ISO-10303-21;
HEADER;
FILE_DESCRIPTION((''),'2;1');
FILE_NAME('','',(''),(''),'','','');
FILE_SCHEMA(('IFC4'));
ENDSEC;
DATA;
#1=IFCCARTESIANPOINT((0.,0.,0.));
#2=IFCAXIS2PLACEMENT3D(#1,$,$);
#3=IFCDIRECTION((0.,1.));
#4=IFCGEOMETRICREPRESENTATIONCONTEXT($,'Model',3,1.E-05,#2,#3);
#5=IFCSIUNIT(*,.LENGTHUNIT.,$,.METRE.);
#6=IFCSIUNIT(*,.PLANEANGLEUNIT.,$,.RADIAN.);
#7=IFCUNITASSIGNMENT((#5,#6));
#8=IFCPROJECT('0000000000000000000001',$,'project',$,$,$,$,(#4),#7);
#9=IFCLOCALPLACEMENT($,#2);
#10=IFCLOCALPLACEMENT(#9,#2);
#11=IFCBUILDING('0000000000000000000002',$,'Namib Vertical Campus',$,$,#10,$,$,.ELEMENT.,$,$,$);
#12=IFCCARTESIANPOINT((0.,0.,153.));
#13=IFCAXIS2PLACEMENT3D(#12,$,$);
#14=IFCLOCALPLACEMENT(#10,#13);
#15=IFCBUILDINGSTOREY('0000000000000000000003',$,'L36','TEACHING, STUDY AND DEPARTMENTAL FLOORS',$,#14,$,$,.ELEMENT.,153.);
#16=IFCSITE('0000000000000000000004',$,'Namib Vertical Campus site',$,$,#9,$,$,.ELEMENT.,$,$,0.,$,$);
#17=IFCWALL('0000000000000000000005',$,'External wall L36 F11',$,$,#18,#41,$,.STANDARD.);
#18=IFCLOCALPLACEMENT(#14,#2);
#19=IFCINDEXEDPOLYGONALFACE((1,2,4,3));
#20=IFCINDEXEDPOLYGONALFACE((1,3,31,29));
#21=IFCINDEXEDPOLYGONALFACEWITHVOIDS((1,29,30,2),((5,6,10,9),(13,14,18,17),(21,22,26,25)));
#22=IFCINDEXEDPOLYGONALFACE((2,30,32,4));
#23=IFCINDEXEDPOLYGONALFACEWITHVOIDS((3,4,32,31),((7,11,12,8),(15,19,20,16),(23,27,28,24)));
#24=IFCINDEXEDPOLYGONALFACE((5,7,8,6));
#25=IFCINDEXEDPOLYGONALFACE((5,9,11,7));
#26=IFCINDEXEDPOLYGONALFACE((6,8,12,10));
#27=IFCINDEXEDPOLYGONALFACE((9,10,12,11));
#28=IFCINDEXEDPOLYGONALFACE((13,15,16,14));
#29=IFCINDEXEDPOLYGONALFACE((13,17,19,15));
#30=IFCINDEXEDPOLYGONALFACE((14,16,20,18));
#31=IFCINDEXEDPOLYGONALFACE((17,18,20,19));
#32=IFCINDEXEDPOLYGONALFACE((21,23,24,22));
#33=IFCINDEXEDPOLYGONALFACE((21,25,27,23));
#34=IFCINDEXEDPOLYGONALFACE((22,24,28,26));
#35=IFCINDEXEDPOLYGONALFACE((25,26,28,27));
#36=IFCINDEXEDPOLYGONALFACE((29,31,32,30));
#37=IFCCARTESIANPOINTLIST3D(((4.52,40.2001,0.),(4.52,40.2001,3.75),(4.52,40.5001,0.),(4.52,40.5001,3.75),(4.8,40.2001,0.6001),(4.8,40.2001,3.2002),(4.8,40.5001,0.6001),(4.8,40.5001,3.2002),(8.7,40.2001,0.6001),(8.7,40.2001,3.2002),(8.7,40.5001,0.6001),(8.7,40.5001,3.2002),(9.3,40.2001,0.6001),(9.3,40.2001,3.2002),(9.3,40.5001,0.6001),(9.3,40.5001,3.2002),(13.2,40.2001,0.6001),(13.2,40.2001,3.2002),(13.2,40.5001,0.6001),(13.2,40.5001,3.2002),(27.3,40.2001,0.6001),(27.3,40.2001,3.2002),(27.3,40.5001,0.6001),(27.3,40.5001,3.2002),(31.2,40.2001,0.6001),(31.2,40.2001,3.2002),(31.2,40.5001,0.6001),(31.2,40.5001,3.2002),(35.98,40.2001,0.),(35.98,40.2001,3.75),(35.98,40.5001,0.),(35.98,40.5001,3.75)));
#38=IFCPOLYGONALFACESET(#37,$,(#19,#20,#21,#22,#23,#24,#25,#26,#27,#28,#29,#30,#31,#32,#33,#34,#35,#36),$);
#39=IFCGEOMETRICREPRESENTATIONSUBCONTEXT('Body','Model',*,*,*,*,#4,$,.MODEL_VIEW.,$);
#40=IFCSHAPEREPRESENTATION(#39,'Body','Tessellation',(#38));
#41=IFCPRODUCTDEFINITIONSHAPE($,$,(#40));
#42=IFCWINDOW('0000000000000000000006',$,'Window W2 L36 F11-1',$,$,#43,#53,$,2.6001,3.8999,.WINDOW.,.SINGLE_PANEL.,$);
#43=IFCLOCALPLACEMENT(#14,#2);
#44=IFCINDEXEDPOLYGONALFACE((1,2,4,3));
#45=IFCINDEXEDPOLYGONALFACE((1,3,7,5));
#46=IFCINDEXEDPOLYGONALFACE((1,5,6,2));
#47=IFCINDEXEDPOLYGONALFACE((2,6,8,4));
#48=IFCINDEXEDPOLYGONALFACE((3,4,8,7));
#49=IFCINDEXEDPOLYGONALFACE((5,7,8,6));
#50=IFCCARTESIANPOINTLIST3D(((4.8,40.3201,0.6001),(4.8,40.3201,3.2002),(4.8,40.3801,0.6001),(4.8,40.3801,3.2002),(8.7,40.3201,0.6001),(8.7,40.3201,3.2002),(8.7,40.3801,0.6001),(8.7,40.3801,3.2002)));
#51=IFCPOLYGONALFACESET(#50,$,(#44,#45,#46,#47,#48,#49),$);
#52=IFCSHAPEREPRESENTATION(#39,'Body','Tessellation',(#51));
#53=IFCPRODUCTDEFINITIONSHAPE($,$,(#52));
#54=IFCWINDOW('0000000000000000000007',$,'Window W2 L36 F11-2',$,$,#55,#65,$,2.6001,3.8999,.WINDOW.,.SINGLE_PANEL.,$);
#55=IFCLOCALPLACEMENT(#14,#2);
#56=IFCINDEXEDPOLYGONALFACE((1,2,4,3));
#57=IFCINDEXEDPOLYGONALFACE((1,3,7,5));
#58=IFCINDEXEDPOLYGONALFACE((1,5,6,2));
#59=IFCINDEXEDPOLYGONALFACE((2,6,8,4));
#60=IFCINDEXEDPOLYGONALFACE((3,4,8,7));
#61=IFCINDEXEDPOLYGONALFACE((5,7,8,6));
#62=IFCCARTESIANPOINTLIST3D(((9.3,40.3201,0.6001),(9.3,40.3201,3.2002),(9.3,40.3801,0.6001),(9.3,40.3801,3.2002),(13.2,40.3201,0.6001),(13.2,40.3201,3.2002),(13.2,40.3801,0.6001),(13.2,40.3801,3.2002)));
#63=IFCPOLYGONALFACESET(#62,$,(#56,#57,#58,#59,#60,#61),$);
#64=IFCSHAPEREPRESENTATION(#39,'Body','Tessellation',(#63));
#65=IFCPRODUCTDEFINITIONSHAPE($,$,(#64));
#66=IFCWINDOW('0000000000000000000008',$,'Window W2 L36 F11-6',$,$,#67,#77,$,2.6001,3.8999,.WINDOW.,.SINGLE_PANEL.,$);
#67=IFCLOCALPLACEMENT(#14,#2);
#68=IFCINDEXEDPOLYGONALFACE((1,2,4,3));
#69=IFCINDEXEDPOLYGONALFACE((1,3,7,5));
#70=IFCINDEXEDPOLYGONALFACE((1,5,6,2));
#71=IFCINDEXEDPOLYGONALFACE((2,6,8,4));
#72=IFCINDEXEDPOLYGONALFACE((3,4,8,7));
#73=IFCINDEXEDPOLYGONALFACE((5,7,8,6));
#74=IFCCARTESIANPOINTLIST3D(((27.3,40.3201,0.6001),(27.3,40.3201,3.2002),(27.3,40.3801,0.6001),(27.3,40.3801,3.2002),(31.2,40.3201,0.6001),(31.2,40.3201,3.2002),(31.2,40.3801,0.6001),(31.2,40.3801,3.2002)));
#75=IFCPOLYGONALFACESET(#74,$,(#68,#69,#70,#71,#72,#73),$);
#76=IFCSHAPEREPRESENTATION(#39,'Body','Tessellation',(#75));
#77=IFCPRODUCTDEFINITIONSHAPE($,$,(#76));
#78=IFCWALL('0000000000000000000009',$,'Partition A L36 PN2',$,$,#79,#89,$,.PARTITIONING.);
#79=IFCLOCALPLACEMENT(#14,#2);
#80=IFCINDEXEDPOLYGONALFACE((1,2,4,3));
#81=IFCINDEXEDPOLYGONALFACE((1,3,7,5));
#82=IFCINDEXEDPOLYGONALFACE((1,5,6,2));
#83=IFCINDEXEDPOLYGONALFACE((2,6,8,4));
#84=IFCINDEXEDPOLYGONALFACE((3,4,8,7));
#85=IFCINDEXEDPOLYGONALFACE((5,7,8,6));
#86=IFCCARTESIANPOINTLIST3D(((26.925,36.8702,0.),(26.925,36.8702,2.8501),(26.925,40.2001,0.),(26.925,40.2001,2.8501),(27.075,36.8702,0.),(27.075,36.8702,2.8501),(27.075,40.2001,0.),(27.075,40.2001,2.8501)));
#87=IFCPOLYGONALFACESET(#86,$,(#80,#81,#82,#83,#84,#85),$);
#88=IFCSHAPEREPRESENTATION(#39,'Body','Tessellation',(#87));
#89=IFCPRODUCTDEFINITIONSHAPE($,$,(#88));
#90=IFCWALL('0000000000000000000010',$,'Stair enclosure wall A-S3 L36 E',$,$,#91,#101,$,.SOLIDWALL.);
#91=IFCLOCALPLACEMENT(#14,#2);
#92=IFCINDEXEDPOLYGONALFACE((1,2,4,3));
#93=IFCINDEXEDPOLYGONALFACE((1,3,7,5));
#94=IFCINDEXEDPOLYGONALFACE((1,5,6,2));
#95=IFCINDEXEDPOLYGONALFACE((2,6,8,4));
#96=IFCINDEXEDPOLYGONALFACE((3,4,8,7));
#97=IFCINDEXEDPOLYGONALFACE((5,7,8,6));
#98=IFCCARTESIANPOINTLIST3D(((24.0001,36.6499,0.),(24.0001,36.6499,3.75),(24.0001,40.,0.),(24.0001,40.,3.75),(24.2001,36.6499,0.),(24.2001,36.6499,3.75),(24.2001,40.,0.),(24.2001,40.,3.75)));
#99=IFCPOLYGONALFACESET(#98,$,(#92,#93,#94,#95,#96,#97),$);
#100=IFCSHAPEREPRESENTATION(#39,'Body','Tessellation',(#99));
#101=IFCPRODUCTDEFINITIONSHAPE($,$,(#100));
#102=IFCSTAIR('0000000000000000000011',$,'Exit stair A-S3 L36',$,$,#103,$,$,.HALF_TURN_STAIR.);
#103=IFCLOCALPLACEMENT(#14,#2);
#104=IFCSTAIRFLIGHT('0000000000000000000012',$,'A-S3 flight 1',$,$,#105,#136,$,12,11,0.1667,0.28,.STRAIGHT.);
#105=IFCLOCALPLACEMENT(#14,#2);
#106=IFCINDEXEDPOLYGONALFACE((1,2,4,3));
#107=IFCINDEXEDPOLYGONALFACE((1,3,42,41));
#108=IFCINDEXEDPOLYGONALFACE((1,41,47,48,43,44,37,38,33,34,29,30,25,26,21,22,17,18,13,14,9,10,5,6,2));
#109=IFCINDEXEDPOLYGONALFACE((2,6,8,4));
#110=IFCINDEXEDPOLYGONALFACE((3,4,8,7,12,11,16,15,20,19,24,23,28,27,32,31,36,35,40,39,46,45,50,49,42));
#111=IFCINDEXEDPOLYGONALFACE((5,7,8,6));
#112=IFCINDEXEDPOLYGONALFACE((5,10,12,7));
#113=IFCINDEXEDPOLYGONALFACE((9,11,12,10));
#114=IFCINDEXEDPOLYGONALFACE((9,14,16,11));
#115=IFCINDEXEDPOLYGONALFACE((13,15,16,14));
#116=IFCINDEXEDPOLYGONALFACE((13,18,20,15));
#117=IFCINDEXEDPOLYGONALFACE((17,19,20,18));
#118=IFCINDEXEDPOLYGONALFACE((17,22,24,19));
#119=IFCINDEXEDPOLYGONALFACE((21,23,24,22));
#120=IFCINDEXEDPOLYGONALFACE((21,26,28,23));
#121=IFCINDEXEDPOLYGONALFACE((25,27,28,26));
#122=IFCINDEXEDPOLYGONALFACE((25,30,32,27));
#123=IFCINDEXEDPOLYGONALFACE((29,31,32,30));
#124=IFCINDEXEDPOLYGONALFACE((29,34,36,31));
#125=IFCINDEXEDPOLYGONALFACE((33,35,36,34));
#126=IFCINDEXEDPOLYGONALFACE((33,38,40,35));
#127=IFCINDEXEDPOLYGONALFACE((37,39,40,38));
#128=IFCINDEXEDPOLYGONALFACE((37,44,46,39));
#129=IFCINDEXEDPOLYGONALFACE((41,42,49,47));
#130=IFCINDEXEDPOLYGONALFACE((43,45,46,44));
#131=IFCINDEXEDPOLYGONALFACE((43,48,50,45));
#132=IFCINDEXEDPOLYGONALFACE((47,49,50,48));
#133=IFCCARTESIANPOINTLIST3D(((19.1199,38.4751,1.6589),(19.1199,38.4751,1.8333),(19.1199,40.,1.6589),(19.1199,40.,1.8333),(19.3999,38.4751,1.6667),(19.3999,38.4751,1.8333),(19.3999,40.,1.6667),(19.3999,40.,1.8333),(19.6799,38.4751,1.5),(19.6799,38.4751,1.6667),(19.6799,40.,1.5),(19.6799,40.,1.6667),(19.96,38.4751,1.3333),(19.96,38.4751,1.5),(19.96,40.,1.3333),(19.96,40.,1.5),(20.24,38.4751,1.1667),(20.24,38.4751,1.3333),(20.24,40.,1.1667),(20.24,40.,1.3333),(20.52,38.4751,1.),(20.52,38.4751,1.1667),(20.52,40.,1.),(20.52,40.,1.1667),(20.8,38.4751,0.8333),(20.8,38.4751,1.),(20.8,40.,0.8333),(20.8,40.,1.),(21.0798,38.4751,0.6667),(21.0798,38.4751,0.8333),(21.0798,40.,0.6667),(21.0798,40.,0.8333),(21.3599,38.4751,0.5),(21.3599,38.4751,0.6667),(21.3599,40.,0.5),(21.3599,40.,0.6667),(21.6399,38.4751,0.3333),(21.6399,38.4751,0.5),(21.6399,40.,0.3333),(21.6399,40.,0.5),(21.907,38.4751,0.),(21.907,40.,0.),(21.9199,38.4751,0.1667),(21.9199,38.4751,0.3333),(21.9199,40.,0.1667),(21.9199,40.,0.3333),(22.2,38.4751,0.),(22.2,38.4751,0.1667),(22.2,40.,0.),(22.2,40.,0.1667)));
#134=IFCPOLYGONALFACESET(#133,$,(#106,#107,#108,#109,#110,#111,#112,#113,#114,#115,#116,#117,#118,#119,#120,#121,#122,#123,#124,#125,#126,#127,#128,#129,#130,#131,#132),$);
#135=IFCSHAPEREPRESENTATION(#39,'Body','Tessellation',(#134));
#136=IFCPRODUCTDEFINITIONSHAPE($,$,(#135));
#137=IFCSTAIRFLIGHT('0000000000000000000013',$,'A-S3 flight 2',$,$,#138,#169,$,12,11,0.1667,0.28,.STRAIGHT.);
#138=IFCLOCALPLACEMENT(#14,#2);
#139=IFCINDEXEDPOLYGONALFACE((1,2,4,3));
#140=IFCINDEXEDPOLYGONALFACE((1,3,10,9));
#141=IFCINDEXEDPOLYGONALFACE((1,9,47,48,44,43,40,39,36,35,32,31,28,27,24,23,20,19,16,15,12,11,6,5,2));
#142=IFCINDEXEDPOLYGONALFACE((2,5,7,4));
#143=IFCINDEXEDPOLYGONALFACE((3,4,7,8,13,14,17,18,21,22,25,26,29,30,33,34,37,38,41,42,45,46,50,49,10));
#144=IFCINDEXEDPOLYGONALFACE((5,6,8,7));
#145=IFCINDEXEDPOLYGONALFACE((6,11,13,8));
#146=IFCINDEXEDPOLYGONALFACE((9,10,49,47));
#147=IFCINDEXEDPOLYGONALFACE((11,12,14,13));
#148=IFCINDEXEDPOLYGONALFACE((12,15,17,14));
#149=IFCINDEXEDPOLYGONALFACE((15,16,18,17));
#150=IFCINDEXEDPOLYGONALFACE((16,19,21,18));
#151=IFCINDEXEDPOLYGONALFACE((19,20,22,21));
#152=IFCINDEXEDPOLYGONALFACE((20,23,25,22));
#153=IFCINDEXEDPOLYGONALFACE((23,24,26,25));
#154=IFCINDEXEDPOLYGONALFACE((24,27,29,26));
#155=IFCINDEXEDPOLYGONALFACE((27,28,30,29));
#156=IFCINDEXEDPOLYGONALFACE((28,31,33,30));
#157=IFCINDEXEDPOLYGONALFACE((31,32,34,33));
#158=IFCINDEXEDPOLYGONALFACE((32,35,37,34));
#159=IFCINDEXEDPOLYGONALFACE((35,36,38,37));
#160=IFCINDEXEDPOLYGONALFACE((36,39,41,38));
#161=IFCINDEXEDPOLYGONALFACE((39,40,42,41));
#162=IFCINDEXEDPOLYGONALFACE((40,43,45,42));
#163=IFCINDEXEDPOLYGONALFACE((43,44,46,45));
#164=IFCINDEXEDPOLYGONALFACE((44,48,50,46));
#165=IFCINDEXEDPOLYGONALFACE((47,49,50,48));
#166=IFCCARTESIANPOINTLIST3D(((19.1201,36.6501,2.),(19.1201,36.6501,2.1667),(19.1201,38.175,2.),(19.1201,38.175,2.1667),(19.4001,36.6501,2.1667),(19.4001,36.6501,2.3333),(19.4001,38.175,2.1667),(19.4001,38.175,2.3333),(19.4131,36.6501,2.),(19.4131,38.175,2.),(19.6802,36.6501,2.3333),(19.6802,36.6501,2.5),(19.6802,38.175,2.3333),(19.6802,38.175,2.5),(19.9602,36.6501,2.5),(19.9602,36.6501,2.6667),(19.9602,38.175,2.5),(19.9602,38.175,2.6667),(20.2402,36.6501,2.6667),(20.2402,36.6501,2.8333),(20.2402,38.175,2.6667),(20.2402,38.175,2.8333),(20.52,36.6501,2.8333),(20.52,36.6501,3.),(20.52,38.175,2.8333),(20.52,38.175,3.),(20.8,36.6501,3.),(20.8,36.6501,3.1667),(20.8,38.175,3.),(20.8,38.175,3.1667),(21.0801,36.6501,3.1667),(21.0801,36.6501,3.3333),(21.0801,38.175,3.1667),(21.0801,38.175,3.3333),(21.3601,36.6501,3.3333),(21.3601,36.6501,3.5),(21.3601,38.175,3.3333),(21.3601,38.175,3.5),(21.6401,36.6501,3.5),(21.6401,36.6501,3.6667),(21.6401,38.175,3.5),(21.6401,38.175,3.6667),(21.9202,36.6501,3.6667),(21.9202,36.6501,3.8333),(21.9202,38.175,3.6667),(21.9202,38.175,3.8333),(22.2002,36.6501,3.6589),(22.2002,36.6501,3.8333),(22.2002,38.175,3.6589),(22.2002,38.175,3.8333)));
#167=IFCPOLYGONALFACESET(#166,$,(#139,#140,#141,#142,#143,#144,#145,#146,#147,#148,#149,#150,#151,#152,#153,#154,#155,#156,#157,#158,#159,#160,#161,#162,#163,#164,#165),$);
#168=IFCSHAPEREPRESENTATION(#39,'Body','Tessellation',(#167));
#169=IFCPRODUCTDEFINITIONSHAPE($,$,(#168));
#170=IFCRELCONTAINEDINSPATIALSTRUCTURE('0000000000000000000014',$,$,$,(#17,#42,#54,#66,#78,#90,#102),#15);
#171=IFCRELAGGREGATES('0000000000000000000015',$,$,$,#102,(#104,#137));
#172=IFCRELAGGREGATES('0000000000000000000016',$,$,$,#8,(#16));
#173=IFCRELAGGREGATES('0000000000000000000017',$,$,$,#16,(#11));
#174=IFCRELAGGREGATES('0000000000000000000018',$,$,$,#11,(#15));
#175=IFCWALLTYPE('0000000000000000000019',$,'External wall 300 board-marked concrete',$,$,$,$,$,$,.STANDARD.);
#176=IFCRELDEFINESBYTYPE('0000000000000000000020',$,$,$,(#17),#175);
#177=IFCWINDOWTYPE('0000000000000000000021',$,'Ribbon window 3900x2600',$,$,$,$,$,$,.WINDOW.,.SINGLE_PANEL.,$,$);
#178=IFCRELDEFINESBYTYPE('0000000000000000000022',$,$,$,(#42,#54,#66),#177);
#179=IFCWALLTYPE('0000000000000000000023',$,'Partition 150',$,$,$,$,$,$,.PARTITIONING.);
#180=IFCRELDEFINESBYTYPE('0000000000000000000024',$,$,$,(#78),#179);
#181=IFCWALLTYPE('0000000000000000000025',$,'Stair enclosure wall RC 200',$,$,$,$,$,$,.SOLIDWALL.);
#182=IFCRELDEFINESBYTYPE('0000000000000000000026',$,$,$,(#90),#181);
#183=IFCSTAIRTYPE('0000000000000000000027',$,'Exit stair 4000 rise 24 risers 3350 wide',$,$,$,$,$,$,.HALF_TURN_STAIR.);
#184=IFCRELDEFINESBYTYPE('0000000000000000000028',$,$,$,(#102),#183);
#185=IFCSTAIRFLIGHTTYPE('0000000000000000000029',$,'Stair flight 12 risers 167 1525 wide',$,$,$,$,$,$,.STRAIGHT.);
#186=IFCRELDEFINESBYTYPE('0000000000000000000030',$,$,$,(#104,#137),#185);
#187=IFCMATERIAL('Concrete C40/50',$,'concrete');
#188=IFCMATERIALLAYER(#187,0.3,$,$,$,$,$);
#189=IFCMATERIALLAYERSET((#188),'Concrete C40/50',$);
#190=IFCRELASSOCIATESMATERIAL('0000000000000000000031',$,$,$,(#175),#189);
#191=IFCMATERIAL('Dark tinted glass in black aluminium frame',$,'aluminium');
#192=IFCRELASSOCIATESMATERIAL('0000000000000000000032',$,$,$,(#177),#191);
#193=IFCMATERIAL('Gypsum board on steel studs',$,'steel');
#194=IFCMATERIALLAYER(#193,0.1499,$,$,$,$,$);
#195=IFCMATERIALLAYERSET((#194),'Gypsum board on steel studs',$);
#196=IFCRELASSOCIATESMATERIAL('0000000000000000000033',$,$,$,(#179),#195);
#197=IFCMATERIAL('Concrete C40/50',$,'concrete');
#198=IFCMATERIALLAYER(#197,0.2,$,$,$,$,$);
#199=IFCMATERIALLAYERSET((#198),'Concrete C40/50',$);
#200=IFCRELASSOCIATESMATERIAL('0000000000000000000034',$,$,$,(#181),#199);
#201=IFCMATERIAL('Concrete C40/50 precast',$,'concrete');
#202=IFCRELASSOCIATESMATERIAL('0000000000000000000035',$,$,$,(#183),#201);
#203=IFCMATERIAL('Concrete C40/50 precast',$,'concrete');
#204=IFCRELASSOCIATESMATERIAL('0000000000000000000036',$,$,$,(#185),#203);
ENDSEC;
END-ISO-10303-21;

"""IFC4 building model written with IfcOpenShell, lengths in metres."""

from ifc_helpers import new_model, si_unit, direction, frame, frame_2d, origin, place, context, subcontext, project, spatial, polyline, rectangle, outline, extrude, material, layer, layer_set, type_object, element, fill, aggregate, save


model = new_model("IFC4")

# Units and contexts
model_context = context("Model", 3, precision=1e-05, world=origin(), true_north=direction((0.0, 1.0)))
body_context = subcontext(model_context, "Body", "Model", "MODEL_VIEW")
ifc_project = project(units=[si_unit("LENGTHUNIT", "METRE"), si_unit("PLANEANGLEUNIT", "RADIAN")], contexts=[model_context])

# Site, building, storey
site_placement = place(None, origin())
site = spatial("IfcSite", under=ifc_project, at=site_placement, Name="Namib Vertical Campus site", CompositionType="ELEMENT", RefElevation=0.0)
building_placement = place(site_placement, origin())
building = spatial("IfcBuilding", under=site, at=building_placement, Name="Namib Vertical Campus", CompositionType="ELEMENT")
storey_placement = place(building_placement, frame((0.0, 0.0, 153.0)))
storey = spatial("IfcBuildingStorey", under=building, at=storey_placement, Name="L36", Description="TEACHING, STUDY AND DEPARTMENTAL FLOORS", CompositionType="ELEMENT", Elevation=153.0)

# Shared definitions
ifc_material_1 = material(Name="Concrete C40/50", Category="concrete")
ifc_layer_1 = layer(ifc_material_1, 0.3)
ifc_layer_set_1 = layer_set([ifc_layer_1], Name="Concrete C40/50")
wall_type_1 = type_object("IfcWallType", Name="External wall 300 board-marked concrete", PredefinedType="STANDARD", material=ifc_layer_set_1)

# Wall, openings, windows
wall_1_placement = place(storey_placement, frame((35.98, 40.3501, 0.0), z_axis=(0.0, 0.0, 1.0), x_axis=(-1.0, 0.0, 0.0)))
wall_1 = element("IfcWall", 1, at=wall_1_placement, inside=storey, type_object=wall_type_1, Name="External wall L36 F11", PredefinedType="STANDARD", context=body_context, shape_type="SweptSolid", body=[
    extrude(rectangle(XDim=31.46, YDim=0.3, at=frame_2d((15.73, 0.0))), origin(), (0.0, 0.0, 1.0), 3.75),
])
opening_1_placement = place(wall_1_placement, frame((27.28, 0.0, 0.6001)))
opening_1 = element("IfcOpeningElement", 2, at=opening_1_placement, cuts=wall_1, PredefinedType="OPENING", context=body_context, shape_type="SweptSolid", body=[
    extrude(rectangle(XDim=3.8999, YDim=2.6001, at=frame_2d((1.95, 1.3))), frame((0.0, 0.1599, 0.0), z_axis=(0.0, -1.0, 0.0), x_axis=(1.0, 0.0, 0.0)), (0.0, 0.0, 1.0), 0.3201),
])
opening_2_placement = place(wall_1_placement, frame((22.78, 0.0, 0.6001)))
opening_2 = element("IfcOpeningElement", 3, at=opening_2_placement, cuts=wall_1, PredefinedType="OPENING", context=body_context, shape_type="SweptSolid", body=[
    extrude(rectangle(XDim=3.8999, YDim=2.6001, at=frame_2d((1.95, 1.3))), frame((0.0, 0.1599, 0.0), z_axis=(0.0, -1.0, 0.0), x_axis=(1.0, 0.0, 0.0)), (0.0, 0.0, 1.0), 0.3201),
])
opening_3_placement = place(wall_1_placement, frame((4.78, 0.0, 0.6001)))
opening_3 = element("IfcOpeningElement", 4, at=opening_3_placement, cuts=wall_1, PredefinedType="OPENING", context=body_context, shape_type="SweptSolid", body=[
    extrude(rectangle(XDim=3.8999, YDim=2.6001, at=frame_2d((1.95, 1.3))), frame((0.0, 0.1599, 0.0), z_axis=(0.0, -1.0, 0.0), x_axis=(1.0, 0.0, 0.0)), (0.0, 0.0, 1.0), 0.3201),
])
ifc_material_2 = material(Name="Dark tinted glass in black aluminium frame", Category="aluminium")
window_type = type_object("IfcWindowType", Name="Ribbon window 3900x2600", PartitioningType="SINGLE_PANEL", PredefinedType="WINDOW", material=ifc_material_2)
window_1_placement = place(opening_1_placement, origin())
window_1 = element("IfcWindow", 5, at=window_1_placement, inside=storey, type_object=window_type, Name="Window W2 L36 F11-1", OverallHeight=2.6001, OverallWidth=3.8999, PartitioningType="SINGLE_PANEL", PredefinedType="WINDOW", context=body_context, shape_type="SweptSolid", body=[
    extrude(rectangle(XDim=3.8999, YDim=2.6001, at=frame_2d((1.95, 1.3))), frame((0.0, 0.03, 0.0), z_axis=(0.0, -1.0, 0.0), x_axis=(1.0, 0.0, 0.0)), (0.0, 0.0, 1.0), 0.0601),
])
fill(opening_1, window_1)
window_2_placement = place(opening_2_placement, origin())
window_2 = element("IfcWindow", 6, at=window_2_placement, inside=storey, type_object=window_type, Name="Window W2 L36 F11-2", OverallHeight=2.6001, OverallWidth=3.8999, PartitioningType="SINGLE_PANEL", PredefinedType="WINDOW", context=body_context, shape_type="SweptSolid", body=[
    extrude(rectangle(XDim=3.8999, YDim=2.6001, at=frame_2d((1.95, 1.3))), frame((0.0, 0.03, 0.0), z_axis=(0.0, -1.0, 0.0), x_axis=(1.0, 0.0, 0.0)), (0.0, 0.0, 1.0), 0.0601),
])
fill(opening_2, window_2)
window_3_placement = place(opening_3_placement, origin())
window_3 = element("IfcWindow", 7, at=window_3_placement, inside=storey, type_object=window_type, Name="Window W2 L36 F11-6", OverallHeight=2.6001, OverallWidth=3.8999, PartitioningType="SINGLE_PANEL", PredefinedType="WINDOW", context=body_context, shape_type="SweptSolid", body=[
    extrude(rectangle(XDim=3.8999, YDim=2.6001, at=frame_2d((1.95, 1.3))), frame((0.0, 0.03, 0.0), z_axis=(0.0, -1.0, 0.0), x_axis=(1.0, 0.0, 0.0)), (0.0, 0.0, 1.0), 0.0601),
])
fill(opening_3, window_3)

# Walls
ifc_material_3 = material(Name="Gypsum board on steel studs", Category="steel")
ifc_layer_2 = layer(ifc_material_3, 0.1499)
ifc_layer_set_2 = layer_set([ifc_layer_2], Name="Gypsum board on steel studs")
wall_type_2 = type_object("IfcWallType", Name="Partition 150", PredefinedType="PARTITIONING", material=ifc_layer_set_2)
wall_2_placement = place(storey_placement, frame((27.0, 36.8701, 0.0), z_axis=(0.0, 0.0, 1.0), x_axis=(0.0, 1.0, 0.0)))
element("IfcWall", 8, at=wall_2_placement, inside=storey, type_object=wall_type_2, Name="Partition A L36 PN2", PredefinedType="PARTITIONING", context=body_context, shape_type="SweptSolid", body=[
    extrude(rectangle(XDim=3.3298, YDim=0.1499, at=frame_2d((1.665, 0.0))), origin(), (0.0, 0.0, 1.0), 2.8501),
])
ifc_material_4 = material(Name="Concrete C40/50", Category="concrete")
ifc_layer_3 = layer(ifc_material_4, 0.2)
ifc_layer_set_3 = layer_set([ifc_layer_3], Name="Concrete C40/50")
wall_type_3 = type_object("IfcWallType", Name="Stair enclosure wall RC 200", PredefinedType="SOLIDWALL", material=ifc_layer_set_3)
wall_3_placement = place(storey_placement, frame((24.1001, 36.6499, 0.0), z_axis=(0.0, 0.0, 1.0), x_axis=(0.0, 1.0, 0.0)))
element("IfcWall", 9, at=wall_3_placement, inside=storey, type_object=wall_type_3, Name="Stair enclosure wall A-S3 L36 E", PredefinedType="SOLIDWALL", context=body_context, shape_type="SweptSolid", body=[
    extrude(rectangle(XDim=3.3501, YDim=0.2, at=frame_2d((1.675, 0.0))), origin(), (0.0, 0.0, 1.0), 3.75),
])

# Stair, stair flights
ifc_material_5 = material(Name="Concrete C40/50 precast", Category="concrete")
stair_type = type_object("IfcStairType", Name="Exit stair 4000 rise 24 risers 3350 wide", PredefinedType="HALF_TURN_STAIR", material=ifc_material_5)
stair_placement = place(storey_placement, origin())
stair = element("IfcStair", 10, at=stair_placement, inside=storey, type_object=stair_type, Name="Exit stair A-S3 L36", PredefinedType="HALF_TURN_STAIR")
ifc_material_6 = material(Name="Concrete C40/50 precast", Category="concrete")
stair_flight_type = type_object("IfcStairFlightType", Name="Stair flight 12 risers 167 1525 wide", PredefinedType="STRAIGHT", material=ifc_material_6)
stair_flight_1_placement = place(storey_placement, frame((22.2, 39.2375, 0.0), z_axis=(0.0, 0.0, 1.0), x_axis=(-1.0, 0.0, 0.0)))
stair_flight_1 = element("IfcStairFlight", 11, at=stair_flight_1_placement, type_object=stair_flight_type, Name="A-S3 flight 1", NumberOfRisers=12, NumberOfTreads=11, PredefinedType="STRAIGHT", RiserHeight=0.1667, TreadLength=0.28, context=body_context, shape_type="SweptSolid", body=[
    extrude(outline(polyline([(0.0, 0.0), (0.0, 0.1667), (0.28, 0.1667), (0.28, 0.3333), (0.5601, 0.3333), (0.5601, 0.5), (0.8401, 0.5), (0.8401, 0.6667), (1.1201, 0.6667), (1.1201, 0.8333), (1.3999, 0.8333), (1.3999, 1.0), (1.6799, 1.0), (1.6799, 1.1667), (1.96, 1.1667), (1.96, 1.3333), (2.24, 1.3333), (2.24, 1.5), (2.52, 1.5), (2.52, 1.6667), (2.8, 1.6667), (2.8, 1.8333), (3.0801, 1.8333), (3.0801, 2.0), (3.0801, 1.6589), (0.293, 0.0), (0.0, 0.0)])), frame((0.0, 0.7625, 0.0), z_axis=(0.0, -1.0, 0.0), x_axis=(1.0, 0.0, 0.0)), (0.0, 0.0, 1.0), 1.5249),
])
stair_flight_2_placement = place(storey_placement, frame((19.1201, 37.4126, 2.0), z_axis=(0.0, 0.0, 1.0), x_axis=(1.0, 0.0, 0.0)))
stair_flight_2 = element("IfcStairFlight", 12, at=stair_flight_2_placement, type_object=stair_flight_type, Name="A-S3 flight 2", NumberOfRisers=12, NumberOfTreads=11, PredefinedType="STRAIGHT", RiserHeight=0.1667, TreadLength=0.28, context=body_context, shape_type="SweptSolid", body=[
    extrude(outline(polyline([(0.0, 0.0), (0.0, 0.1667), (0.28, 0.1667), (0.28, 0.3333), (0.5601, 0.3333), (0.5601, 0.5), (0.8401, 0.5), (0.8401, 0.6667), (1.1201, 0.6667), (1.1201, 0.8333), (1.3999, 0.8333), (1.3999, 1.0), (1.6799, 1.0), (1.6799, 1.1667), (1.96, 1.1667), (1.96, 1.3333), (2.24, 1.3333), (2.24, 1.5), (2.52, 1.5), (2.52, 1.6667), (2.8, 1.6667), (2.8, 1.8333), (3.0801, 1.8333), (3.0801, 2.0), (3.0801, 1.6589), (0.293, 0.0), (0.0, 0.0)])), frame((0.0, 0.7625, 0.0), z_axis=(0.0, -1.0, 0.0), x_axis=(1.0, 0.0, 0.0)), (0.0, 0.0, 1.0), 1.5249),
])
aggregate(stair, [stair_flight_1, stair_flight_2])

save(model, "model.ifc")
